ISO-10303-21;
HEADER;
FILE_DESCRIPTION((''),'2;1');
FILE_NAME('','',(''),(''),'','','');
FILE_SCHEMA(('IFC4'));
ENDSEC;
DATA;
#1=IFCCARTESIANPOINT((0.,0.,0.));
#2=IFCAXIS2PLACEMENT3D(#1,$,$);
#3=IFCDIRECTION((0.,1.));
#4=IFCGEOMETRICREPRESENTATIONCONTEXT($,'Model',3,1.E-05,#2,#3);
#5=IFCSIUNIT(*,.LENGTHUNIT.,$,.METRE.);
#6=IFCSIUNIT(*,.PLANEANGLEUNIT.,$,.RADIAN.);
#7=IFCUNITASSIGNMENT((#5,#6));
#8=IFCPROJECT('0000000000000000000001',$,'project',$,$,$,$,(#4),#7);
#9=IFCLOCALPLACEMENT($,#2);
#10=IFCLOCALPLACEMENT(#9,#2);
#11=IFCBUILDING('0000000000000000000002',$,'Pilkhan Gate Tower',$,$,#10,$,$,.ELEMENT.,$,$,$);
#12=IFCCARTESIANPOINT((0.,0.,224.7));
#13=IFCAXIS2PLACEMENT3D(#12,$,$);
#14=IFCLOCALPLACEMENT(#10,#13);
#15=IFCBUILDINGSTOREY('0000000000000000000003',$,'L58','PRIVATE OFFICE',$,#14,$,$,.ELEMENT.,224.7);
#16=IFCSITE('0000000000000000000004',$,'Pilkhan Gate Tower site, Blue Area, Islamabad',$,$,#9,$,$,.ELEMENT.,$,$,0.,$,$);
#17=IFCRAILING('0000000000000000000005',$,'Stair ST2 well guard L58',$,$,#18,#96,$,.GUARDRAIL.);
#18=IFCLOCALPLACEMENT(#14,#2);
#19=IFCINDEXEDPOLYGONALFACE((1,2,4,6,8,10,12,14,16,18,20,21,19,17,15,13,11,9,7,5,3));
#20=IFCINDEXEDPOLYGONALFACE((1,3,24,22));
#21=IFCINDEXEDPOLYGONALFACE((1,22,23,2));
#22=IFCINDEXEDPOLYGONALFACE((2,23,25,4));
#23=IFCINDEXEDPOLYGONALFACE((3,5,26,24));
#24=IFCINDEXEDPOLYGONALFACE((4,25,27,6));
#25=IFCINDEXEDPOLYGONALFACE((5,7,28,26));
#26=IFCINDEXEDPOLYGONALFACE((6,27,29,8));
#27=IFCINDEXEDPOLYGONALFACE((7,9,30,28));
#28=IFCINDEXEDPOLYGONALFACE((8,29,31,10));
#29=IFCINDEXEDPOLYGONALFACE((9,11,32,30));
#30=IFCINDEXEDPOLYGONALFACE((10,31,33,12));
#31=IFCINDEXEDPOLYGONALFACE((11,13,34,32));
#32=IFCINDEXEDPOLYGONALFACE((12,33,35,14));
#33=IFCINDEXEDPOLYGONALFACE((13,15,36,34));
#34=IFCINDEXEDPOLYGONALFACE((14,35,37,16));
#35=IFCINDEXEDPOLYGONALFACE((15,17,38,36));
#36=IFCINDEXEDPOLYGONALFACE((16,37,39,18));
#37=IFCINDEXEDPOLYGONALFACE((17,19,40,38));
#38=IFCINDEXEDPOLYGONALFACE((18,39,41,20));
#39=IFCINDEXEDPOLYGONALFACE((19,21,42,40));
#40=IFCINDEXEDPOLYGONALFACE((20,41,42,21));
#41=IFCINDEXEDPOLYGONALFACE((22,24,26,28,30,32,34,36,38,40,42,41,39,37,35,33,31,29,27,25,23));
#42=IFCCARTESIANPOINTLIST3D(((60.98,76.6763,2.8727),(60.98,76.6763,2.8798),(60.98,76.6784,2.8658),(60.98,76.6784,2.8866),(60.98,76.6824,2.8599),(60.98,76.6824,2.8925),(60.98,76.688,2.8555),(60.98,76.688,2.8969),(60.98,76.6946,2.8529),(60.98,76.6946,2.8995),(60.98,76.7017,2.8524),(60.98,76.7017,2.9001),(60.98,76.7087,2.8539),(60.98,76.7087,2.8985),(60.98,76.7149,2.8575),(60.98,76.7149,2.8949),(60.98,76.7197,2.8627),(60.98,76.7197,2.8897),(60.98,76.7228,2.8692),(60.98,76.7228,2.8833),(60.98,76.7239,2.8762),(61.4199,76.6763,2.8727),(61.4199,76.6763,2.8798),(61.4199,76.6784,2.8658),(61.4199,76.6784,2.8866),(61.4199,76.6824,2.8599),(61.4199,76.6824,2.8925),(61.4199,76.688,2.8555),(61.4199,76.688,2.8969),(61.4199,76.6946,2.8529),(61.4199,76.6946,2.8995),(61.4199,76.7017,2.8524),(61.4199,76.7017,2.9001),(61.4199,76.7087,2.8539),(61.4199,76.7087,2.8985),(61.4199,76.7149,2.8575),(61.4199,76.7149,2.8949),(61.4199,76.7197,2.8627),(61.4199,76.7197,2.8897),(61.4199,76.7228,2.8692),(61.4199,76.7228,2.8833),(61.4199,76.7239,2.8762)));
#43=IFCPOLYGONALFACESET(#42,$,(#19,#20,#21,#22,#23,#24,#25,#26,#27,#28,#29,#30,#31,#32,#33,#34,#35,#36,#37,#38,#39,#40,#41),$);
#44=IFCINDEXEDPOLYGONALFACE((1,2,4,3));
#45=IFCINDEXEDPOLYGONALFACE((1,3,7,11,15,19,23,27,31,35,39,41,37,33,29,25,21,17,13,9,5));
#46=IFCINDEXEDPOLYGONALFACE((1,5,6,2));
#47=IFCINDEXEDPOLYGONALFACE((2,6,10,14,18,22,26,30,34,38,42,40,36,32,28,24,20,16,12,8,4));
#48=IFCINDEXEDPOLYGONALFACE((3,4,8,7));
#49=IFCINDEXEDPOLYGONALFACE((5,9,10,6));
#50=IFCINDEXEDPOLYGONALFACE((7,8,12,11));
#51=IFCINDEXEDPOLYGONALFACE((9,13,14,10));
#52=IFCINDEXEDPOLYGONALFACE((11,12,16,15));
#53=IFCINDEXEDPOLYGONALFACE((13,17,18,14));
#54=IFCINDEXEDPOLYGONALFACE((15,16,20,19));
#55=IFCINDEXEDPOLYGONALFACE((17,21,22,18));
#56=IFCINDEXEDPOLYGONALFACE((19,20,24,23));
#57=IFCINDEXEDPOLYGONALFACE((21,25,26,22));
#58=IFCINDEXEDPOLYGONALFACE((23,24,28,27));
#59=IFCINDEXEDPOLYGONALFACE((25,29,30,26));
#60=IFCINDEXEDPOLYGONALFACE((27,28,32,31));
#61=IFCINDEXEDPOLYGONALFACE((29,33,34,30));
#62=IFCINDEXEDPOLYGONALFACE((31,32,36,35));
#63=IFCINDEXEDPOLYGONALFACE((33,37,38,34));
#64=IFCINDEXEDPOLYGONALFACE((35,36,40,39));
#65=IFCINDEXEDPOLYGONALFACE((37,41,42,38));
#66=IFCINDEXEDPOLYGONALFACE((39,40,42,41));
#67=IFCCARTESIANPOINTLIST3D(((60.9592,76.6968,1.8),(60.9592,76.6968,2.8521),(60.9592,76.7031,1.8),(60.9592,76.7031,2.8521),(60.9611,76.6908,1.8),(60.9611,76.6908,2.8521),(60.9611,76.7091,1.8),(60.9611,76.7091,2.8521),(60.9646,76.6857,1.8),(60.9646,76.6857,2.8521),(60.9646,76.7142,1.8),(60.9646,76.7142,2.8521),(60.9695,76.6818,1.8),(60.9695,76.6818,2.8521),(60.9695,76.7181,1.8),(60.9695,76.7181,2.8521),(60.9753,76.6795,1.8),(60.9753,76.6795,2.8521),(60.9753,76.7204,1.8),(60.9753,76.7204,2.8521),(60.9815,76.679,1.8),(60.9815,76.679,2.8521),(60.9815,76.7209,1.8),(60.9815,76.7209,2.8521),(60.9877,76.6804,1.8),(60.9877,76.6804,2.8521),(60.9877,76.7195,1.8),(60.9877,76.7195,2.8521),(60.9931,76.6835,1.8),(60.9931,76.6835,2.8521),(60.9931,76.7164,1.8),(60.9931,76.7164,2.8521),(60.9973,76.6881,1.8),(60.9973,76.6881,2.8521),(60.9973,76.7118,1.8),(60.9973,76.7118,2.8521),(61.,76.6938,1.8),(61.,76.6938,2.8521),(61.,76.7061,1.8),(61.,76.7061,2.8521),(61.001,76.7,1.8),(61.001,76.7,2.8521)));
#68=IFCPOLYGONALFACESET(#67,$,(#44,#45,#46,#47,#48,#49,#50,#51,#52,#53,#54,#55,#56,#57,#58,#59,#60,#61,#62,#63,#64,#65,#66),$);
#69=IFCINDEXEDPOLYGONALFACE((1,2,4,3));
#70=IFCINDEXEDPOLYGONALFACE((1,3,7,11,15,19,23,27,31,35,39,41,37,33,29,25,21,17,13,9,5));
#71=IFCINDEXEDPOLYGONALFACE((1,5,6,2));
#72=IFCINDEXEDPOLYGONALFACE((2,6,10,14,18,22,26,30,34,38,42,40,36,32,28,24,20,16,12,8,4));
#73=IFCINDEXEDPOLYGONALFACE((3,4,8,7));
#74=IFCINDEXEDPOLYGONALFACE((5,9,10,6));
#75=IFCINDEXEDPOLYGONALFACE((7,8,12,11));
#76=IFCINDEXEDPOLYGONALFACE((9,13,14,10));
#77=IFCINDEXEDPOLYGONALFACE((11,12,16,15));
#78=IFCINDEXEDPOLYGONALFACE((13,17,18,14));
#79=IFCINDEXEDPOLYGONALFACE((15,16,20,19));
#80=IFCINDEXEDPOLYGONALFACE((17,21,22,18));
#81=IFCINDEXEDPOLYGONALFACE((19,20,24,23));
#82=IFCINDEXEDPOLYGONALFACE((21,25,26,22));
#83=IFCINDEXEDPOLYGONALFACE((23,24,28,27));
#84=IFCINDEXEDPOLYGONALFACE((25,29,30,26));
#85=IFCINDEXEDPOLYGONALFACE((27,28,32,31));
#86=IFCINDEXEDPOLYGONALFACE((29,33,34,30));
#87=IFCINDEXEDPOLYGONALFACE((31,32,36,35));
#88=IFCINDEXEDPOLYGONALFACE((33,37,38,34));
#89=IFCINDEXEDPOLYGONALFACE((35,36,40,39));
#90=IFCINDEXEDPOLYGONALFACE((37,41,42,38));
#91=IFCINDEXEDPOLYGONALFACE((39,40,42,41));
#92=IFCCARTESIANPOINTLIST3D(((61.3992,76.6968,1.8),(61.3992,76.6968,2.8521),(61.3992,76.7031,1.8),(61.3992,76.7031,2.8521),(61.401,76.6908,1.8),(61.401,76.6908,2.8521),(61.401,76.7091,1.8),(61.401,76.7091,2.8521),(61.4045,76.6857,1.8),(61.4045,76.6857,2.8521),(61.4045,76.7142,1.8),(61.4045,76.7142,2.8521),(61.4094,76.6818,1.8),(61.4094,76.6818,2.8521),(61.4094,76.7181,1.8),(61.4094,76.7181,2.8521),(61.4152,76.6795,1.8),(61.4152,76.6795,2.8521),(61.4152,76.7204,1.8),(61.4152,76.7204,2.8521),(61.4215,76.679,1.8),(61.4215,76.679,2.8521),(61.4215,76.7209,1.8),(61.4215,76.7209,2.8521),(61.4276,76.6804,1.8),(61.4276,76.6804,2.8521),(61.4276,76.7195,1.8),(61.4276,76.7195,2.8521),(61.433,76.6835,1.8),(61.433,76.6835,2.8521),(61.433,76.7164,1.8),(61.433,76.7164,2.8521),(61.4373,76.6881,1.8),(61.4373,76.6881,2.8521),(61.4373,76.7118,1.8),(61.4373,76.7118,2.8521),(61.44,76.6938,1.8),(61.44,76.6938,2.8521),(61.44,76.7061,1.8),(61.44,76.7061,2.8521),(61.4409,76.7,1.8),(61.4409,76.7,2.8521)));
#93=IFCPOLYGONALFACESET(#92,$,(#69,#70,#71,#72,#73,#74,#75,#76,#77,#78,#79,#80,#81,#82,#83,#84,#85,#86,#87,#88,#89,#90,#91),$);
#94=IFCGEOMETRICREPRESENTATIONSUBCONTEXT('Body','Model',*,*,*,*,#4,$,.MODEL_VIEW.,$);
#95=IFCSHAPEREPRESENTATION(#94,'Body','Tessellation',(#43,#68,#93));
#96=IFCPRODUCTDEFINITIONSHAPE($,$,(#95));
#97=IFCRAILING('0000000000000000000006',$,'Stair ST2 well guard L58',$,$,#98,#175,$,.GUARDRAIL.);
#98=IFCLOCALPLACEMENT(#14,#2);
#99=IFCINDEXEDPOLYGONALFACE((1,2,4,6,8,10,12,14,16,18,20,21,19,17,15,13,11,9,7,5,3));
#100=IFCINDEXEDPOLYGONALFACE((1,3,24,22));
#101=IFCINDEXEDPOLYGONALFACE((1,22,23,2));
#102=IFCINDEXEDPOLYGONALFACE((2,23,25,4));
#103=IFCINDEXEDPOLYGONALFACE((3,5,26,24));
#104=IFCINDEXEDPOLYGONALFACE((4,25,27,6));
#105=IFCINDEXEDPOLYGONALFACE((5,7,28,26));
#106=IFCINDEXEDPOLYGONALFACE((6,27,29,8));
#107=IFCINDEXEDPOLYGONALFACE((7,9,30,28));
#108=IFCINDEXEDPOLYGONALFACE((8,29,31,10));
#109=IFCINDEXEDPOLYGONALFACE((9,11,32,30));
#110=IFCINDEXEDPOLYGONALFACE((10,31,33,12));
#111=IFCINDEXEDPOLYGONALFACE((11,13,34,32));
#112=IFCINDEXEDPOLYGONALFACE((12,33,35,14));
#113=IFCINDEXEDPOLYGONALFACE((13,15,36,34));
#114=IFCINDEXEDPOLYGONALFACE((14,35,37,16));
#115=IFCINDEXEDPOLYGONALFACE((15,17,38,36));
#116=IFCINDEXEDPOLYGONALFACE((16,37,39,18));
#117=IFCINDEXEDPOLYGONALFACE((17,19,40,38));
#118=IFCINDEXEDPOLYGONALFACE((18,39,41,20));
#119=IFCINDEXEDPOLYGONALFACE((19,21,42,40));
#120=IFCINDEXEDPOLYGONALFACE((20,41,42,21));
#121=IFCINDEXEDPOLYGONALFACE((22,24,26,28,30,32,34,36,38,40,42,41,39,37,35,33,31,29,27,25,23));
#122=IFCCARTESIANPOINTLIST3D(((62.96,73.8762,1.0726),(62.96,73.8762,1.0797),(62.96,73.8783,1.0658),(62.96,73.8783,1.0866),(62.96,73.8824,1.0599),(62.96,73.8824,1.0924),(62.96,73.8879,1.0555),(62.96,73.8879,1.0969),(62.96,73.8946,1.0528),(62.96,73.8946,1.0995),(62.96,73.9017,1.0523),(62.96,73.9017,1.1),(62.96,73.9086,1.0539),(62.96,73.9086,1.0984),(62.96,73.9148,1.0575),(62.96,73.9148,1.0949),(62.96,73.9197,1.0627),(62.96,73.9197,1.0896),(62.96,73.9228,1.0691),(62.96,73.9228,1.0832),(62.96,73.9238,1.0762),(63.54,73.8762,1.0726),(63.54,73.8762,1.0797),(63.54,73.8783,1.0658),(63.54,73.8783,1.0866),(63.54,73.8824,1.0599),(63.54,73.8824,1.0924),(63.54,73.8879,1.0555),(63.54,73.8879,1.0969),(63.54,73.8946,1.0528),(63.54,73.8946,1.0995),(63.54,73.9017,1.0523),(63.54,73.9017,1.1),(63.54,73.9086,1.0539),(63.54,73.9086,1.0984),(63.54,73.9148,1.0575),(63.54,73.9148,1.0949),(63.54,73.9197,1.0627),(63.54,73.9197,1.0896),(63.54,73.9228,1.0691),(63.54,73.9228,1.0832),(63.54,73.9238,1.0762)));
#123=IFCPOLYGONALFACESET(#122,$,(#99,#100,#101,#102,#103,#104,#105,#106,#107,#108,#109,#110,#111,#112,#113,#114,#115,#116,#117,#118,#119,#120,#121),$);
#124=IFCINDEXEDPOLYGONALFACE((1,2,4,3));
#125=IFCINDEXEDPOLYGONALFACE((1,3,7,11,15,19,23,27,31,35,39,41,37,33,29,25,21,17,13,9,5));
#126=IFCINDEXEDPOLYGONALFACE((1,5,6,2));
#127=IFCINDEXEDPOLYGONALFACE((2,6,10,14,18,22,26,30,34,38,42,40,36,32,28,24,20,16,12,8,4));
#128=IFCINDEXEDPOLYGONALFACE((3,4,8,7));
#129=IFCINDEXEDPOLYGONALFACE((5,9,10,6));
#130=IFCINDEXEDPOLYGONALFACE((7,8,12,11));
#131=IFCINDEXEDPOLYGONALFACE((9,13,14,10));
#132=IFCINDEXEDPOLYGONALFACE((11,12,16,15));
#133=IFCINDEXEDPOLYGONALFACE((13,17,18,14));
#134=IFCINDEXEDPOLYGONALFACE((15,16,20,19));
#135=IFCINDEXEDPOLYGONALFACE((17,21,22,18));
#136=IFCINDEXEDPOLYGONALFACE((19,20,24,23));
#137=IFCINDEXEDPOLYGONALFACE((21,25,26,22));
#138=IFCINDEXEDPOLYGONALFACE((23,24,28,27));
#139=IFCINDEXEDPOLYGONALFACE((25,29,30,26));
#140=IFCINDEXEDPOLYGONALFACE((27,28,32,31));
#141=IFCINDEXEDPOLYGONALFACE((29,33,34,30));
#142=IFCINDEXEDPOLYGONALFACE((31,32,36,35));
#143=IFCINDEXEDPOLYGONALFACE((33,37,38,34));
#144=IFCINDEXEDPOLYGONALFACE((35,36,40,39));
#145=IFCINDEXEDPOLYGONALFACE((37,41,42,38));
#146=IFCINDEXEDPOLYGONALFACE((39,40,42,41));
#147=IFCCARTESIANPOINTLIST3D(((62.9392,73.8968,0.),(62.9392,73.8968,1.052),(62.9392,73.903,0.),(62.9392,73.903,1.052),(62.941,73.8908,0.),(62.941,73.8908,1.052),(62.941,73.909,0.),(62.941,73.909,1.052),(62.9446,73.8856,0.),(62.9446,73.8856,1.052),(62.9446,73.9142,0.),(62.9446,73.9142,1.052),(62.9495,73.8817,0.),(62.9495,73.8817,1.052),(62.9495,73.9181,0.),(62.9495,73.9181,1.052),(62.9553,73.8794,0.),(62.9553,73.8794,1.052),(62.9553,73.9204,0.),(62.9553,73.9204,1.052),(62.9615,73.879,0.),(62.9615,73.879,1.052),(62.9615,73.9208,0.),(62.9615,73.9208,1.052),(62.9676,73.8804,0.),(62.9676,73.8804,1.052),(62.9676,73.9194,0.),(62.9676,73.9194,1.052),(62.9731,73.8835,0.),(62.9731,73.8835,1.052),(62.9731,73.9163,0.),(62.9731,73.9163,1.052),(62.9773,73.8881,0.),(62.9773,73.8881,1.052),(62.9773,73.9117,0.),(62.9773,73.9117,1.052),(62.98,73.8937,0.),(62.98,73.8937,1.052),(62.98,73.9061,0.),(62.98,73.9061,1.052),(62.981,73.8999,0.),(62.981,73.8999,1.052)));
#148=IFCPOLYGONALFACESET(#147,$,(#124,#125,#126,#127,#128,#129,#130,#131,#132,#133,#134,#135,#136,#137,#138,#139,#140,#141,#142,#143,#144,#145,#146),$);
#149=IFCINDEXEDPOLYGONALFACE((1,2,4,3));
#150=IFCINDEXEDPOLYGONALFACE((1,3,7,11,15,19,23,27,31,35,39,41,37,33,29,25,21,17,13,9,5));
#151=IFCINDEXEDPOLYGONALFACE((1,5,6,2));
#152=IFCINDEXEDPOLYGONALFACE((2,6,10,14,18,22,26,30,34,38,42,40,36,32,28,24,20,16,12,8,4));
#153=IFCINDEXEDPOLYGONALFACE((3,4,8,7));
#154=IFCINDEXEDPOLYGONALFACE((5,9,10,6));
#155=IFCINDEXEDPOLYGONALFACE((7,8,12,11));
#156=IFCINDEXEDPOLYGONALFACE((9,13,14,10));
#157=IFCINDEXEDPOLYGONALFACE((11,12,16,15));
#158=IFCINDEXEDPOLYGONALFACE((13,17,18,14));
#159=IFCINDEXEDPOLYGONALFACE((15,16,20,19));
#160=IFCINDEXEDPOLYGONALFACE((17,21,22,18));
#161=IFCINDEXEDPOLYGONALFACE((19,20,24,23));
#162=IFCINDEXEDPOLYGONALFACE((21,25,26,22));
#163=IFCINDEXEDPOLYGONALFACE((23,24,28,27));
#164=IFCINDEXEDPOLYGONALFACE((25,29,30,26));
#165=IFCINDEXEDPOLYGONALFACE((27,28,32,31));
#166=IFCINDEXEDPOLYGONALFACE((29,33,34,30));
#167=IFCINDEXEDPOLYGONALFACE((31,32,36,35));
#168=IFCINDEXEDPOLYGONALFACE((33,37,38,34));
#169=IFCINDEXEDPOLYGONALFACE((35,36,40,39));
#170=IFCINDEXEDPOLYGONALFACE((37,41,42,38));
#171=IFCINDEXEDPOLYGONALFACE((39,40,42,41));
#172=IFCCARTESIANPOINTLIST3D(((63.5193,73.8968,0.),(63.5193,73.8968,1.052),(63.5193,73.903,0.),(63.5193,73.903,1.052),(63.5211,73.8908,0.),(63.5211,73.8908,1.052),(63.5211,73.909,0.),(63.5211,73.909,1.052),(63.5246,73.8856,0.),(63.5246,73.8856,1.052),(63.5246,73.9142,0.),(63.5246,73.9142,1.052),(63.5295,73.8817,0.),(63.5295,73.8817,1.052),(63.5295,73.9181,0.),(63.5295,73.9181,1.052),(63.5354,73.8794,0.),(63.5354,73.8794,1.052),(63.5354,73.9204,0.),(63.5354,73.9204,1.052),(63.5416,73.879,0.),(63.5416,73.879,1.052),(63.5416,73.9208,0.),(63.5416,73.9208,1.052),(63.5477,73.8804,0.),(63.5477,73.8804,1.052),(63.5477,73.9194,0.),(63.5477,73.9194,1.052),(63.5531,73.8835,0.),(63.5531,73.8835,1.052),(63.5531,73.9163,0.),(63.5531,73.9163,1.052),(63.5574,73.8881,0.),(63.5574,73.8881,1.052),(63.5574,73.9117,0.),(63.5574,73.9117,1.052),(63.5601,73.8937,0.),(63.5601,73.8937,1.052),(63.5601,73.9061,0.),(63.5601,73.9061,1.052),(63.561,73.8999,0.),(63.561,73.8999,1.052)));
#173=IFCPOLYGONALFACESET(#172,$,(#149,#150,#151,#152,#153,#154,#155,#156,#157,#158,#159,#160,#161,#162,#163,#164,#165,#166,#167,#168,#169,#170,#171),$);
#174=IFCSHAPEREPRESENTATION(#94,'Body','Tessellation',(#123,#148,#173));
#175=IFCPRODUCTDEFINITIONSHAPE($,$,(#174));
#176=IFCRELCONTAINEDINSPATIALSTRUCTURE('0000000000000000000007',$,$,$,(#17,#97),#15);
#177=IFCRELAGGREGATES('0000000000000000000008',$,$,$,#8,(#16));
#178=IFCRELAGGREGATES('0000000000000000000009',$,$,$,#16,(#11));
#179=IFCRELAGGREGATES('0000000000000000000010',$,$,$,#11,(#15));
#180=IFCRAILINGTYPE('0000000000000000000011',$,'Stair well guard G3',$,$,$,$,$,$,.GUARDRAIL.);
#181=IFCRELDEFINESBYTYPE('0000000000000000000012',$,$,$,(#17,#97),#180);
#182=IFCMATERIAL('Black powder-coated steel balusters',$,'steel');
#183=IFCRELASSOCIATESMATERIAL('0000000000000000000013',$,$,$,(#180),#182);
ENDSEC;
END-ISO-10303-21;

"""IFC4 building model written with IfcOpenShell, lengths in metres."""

from ifc_helpers import new_model, si_unit, direction, frame, origin, origin_2d, place, context, subcontext, project, spatial, circle, extrude, material, type_object, element, save


model = new_model("IFC4")

# Units and contexts
model_context = context("Model", 3, precision=1e-05, world=origin(), true_north=direction((0.0, 1.0)))
body_context = subcontext(model_context, "Body", "Model", "MODEL_VIEW")
ifc_project = project(units=[si_unit("LENGTHUNIT", "METRE"), si_unit("PLANEANGLEUNIT", "RADIAN")], contexts=[model_context])

# Site, building, storey
site_placement = place(None, origin())
site = spatial("IfcSite", under=ifc_project, at=site_placement, Name="Pilkhan Gate Tower site, Blue Area, Islamabad", CompositionType="ELEMENT", RefElevation=0.0)
building_placement = place(site_placement, origin())
building = spatial("IfcBuilding", under=site, at=building_placement, Name="Pilkhan Gate Tower", CompositionType="ELEMENT")
storey_placement = place(building_placement, frame((0.0, 0.0, 224.7)))
storey = spatial("IfcBuildingStorey", under=building, at=storey_placement, Name="L58", Description="PRIVATE OFFICE", CompositionType="ELEMENT", Elevation=224.7)

# Railings
ifc_material_1 = material(Name="Black powder-coated steel balusters", Category="steel")
railing_type_1 = type_object("IfcRailingType", Name="Stair well guard G3", PredefinedType="GUARDRAIL", material=ifc_material_1)
railing_placement = place(storey_placement, frame((60.98, 76.7, 1.8)))
element("IfcRailing", 1, at=railing_placement, inside=storey, type_object=railing_type_1, Name="Stair ST2 well guard L58", PredefinedType="GUARDRAIL", context=body_context, shape_type="SweptSolid", body=[
    extrude(circle(Radius=0.0239, at=origin_2d()), frame((0.0, 0.0, 1.0762), z_axis=(1.0, 0.0, 0.0), x_axis=(0.0, 1.0, 0.0)), (0.0, 0.0, 1.0), 0.4399),
    extrude(circle(Radius=0.021, at=origin_2d()), origin(), (0.0, 0.0, 1.0), 1.052),
    extrude(circle(Radius=0.021, at=origin_2d()), frame((0.4399, 0.0, 0.0)), (0.0, 0.0, 1.0), 1.052),
])
for number, where, name in (
    (2, (62.96, 73.8999, 0.0), "Stair ST2 well guard L58"),
):
    element("IfcRailing", number, at=place(storey_placement, frame(where)), inside=storey, type_object=railing_type_1, Name=name, PredefinedType="GUARDRAIL", context=body_context, shape_type="SweptSolid", body=[
        extrude(circle(Radius=0.0239, at=origin_2d()), frame((0.0, 0.0, 1.0762), z_axis=(1.0, 0.0, 0.0), x_axis=(0.0, 1.0, 0.0)), (0.0, 0.0, 1.0), 0.5801),
        extrude(circle(Radius=0.021, at=origin_2d()), origin(), (0.0, 0.0, 1.0), 1.052),
        extrude(circle(Radius=0.021, at=origin_2d()), frame((0.5801, 0.0, 0.0)), (0.0, 0.0, 1.0), 1.052),
    ])

save(model, "model.ifc")
